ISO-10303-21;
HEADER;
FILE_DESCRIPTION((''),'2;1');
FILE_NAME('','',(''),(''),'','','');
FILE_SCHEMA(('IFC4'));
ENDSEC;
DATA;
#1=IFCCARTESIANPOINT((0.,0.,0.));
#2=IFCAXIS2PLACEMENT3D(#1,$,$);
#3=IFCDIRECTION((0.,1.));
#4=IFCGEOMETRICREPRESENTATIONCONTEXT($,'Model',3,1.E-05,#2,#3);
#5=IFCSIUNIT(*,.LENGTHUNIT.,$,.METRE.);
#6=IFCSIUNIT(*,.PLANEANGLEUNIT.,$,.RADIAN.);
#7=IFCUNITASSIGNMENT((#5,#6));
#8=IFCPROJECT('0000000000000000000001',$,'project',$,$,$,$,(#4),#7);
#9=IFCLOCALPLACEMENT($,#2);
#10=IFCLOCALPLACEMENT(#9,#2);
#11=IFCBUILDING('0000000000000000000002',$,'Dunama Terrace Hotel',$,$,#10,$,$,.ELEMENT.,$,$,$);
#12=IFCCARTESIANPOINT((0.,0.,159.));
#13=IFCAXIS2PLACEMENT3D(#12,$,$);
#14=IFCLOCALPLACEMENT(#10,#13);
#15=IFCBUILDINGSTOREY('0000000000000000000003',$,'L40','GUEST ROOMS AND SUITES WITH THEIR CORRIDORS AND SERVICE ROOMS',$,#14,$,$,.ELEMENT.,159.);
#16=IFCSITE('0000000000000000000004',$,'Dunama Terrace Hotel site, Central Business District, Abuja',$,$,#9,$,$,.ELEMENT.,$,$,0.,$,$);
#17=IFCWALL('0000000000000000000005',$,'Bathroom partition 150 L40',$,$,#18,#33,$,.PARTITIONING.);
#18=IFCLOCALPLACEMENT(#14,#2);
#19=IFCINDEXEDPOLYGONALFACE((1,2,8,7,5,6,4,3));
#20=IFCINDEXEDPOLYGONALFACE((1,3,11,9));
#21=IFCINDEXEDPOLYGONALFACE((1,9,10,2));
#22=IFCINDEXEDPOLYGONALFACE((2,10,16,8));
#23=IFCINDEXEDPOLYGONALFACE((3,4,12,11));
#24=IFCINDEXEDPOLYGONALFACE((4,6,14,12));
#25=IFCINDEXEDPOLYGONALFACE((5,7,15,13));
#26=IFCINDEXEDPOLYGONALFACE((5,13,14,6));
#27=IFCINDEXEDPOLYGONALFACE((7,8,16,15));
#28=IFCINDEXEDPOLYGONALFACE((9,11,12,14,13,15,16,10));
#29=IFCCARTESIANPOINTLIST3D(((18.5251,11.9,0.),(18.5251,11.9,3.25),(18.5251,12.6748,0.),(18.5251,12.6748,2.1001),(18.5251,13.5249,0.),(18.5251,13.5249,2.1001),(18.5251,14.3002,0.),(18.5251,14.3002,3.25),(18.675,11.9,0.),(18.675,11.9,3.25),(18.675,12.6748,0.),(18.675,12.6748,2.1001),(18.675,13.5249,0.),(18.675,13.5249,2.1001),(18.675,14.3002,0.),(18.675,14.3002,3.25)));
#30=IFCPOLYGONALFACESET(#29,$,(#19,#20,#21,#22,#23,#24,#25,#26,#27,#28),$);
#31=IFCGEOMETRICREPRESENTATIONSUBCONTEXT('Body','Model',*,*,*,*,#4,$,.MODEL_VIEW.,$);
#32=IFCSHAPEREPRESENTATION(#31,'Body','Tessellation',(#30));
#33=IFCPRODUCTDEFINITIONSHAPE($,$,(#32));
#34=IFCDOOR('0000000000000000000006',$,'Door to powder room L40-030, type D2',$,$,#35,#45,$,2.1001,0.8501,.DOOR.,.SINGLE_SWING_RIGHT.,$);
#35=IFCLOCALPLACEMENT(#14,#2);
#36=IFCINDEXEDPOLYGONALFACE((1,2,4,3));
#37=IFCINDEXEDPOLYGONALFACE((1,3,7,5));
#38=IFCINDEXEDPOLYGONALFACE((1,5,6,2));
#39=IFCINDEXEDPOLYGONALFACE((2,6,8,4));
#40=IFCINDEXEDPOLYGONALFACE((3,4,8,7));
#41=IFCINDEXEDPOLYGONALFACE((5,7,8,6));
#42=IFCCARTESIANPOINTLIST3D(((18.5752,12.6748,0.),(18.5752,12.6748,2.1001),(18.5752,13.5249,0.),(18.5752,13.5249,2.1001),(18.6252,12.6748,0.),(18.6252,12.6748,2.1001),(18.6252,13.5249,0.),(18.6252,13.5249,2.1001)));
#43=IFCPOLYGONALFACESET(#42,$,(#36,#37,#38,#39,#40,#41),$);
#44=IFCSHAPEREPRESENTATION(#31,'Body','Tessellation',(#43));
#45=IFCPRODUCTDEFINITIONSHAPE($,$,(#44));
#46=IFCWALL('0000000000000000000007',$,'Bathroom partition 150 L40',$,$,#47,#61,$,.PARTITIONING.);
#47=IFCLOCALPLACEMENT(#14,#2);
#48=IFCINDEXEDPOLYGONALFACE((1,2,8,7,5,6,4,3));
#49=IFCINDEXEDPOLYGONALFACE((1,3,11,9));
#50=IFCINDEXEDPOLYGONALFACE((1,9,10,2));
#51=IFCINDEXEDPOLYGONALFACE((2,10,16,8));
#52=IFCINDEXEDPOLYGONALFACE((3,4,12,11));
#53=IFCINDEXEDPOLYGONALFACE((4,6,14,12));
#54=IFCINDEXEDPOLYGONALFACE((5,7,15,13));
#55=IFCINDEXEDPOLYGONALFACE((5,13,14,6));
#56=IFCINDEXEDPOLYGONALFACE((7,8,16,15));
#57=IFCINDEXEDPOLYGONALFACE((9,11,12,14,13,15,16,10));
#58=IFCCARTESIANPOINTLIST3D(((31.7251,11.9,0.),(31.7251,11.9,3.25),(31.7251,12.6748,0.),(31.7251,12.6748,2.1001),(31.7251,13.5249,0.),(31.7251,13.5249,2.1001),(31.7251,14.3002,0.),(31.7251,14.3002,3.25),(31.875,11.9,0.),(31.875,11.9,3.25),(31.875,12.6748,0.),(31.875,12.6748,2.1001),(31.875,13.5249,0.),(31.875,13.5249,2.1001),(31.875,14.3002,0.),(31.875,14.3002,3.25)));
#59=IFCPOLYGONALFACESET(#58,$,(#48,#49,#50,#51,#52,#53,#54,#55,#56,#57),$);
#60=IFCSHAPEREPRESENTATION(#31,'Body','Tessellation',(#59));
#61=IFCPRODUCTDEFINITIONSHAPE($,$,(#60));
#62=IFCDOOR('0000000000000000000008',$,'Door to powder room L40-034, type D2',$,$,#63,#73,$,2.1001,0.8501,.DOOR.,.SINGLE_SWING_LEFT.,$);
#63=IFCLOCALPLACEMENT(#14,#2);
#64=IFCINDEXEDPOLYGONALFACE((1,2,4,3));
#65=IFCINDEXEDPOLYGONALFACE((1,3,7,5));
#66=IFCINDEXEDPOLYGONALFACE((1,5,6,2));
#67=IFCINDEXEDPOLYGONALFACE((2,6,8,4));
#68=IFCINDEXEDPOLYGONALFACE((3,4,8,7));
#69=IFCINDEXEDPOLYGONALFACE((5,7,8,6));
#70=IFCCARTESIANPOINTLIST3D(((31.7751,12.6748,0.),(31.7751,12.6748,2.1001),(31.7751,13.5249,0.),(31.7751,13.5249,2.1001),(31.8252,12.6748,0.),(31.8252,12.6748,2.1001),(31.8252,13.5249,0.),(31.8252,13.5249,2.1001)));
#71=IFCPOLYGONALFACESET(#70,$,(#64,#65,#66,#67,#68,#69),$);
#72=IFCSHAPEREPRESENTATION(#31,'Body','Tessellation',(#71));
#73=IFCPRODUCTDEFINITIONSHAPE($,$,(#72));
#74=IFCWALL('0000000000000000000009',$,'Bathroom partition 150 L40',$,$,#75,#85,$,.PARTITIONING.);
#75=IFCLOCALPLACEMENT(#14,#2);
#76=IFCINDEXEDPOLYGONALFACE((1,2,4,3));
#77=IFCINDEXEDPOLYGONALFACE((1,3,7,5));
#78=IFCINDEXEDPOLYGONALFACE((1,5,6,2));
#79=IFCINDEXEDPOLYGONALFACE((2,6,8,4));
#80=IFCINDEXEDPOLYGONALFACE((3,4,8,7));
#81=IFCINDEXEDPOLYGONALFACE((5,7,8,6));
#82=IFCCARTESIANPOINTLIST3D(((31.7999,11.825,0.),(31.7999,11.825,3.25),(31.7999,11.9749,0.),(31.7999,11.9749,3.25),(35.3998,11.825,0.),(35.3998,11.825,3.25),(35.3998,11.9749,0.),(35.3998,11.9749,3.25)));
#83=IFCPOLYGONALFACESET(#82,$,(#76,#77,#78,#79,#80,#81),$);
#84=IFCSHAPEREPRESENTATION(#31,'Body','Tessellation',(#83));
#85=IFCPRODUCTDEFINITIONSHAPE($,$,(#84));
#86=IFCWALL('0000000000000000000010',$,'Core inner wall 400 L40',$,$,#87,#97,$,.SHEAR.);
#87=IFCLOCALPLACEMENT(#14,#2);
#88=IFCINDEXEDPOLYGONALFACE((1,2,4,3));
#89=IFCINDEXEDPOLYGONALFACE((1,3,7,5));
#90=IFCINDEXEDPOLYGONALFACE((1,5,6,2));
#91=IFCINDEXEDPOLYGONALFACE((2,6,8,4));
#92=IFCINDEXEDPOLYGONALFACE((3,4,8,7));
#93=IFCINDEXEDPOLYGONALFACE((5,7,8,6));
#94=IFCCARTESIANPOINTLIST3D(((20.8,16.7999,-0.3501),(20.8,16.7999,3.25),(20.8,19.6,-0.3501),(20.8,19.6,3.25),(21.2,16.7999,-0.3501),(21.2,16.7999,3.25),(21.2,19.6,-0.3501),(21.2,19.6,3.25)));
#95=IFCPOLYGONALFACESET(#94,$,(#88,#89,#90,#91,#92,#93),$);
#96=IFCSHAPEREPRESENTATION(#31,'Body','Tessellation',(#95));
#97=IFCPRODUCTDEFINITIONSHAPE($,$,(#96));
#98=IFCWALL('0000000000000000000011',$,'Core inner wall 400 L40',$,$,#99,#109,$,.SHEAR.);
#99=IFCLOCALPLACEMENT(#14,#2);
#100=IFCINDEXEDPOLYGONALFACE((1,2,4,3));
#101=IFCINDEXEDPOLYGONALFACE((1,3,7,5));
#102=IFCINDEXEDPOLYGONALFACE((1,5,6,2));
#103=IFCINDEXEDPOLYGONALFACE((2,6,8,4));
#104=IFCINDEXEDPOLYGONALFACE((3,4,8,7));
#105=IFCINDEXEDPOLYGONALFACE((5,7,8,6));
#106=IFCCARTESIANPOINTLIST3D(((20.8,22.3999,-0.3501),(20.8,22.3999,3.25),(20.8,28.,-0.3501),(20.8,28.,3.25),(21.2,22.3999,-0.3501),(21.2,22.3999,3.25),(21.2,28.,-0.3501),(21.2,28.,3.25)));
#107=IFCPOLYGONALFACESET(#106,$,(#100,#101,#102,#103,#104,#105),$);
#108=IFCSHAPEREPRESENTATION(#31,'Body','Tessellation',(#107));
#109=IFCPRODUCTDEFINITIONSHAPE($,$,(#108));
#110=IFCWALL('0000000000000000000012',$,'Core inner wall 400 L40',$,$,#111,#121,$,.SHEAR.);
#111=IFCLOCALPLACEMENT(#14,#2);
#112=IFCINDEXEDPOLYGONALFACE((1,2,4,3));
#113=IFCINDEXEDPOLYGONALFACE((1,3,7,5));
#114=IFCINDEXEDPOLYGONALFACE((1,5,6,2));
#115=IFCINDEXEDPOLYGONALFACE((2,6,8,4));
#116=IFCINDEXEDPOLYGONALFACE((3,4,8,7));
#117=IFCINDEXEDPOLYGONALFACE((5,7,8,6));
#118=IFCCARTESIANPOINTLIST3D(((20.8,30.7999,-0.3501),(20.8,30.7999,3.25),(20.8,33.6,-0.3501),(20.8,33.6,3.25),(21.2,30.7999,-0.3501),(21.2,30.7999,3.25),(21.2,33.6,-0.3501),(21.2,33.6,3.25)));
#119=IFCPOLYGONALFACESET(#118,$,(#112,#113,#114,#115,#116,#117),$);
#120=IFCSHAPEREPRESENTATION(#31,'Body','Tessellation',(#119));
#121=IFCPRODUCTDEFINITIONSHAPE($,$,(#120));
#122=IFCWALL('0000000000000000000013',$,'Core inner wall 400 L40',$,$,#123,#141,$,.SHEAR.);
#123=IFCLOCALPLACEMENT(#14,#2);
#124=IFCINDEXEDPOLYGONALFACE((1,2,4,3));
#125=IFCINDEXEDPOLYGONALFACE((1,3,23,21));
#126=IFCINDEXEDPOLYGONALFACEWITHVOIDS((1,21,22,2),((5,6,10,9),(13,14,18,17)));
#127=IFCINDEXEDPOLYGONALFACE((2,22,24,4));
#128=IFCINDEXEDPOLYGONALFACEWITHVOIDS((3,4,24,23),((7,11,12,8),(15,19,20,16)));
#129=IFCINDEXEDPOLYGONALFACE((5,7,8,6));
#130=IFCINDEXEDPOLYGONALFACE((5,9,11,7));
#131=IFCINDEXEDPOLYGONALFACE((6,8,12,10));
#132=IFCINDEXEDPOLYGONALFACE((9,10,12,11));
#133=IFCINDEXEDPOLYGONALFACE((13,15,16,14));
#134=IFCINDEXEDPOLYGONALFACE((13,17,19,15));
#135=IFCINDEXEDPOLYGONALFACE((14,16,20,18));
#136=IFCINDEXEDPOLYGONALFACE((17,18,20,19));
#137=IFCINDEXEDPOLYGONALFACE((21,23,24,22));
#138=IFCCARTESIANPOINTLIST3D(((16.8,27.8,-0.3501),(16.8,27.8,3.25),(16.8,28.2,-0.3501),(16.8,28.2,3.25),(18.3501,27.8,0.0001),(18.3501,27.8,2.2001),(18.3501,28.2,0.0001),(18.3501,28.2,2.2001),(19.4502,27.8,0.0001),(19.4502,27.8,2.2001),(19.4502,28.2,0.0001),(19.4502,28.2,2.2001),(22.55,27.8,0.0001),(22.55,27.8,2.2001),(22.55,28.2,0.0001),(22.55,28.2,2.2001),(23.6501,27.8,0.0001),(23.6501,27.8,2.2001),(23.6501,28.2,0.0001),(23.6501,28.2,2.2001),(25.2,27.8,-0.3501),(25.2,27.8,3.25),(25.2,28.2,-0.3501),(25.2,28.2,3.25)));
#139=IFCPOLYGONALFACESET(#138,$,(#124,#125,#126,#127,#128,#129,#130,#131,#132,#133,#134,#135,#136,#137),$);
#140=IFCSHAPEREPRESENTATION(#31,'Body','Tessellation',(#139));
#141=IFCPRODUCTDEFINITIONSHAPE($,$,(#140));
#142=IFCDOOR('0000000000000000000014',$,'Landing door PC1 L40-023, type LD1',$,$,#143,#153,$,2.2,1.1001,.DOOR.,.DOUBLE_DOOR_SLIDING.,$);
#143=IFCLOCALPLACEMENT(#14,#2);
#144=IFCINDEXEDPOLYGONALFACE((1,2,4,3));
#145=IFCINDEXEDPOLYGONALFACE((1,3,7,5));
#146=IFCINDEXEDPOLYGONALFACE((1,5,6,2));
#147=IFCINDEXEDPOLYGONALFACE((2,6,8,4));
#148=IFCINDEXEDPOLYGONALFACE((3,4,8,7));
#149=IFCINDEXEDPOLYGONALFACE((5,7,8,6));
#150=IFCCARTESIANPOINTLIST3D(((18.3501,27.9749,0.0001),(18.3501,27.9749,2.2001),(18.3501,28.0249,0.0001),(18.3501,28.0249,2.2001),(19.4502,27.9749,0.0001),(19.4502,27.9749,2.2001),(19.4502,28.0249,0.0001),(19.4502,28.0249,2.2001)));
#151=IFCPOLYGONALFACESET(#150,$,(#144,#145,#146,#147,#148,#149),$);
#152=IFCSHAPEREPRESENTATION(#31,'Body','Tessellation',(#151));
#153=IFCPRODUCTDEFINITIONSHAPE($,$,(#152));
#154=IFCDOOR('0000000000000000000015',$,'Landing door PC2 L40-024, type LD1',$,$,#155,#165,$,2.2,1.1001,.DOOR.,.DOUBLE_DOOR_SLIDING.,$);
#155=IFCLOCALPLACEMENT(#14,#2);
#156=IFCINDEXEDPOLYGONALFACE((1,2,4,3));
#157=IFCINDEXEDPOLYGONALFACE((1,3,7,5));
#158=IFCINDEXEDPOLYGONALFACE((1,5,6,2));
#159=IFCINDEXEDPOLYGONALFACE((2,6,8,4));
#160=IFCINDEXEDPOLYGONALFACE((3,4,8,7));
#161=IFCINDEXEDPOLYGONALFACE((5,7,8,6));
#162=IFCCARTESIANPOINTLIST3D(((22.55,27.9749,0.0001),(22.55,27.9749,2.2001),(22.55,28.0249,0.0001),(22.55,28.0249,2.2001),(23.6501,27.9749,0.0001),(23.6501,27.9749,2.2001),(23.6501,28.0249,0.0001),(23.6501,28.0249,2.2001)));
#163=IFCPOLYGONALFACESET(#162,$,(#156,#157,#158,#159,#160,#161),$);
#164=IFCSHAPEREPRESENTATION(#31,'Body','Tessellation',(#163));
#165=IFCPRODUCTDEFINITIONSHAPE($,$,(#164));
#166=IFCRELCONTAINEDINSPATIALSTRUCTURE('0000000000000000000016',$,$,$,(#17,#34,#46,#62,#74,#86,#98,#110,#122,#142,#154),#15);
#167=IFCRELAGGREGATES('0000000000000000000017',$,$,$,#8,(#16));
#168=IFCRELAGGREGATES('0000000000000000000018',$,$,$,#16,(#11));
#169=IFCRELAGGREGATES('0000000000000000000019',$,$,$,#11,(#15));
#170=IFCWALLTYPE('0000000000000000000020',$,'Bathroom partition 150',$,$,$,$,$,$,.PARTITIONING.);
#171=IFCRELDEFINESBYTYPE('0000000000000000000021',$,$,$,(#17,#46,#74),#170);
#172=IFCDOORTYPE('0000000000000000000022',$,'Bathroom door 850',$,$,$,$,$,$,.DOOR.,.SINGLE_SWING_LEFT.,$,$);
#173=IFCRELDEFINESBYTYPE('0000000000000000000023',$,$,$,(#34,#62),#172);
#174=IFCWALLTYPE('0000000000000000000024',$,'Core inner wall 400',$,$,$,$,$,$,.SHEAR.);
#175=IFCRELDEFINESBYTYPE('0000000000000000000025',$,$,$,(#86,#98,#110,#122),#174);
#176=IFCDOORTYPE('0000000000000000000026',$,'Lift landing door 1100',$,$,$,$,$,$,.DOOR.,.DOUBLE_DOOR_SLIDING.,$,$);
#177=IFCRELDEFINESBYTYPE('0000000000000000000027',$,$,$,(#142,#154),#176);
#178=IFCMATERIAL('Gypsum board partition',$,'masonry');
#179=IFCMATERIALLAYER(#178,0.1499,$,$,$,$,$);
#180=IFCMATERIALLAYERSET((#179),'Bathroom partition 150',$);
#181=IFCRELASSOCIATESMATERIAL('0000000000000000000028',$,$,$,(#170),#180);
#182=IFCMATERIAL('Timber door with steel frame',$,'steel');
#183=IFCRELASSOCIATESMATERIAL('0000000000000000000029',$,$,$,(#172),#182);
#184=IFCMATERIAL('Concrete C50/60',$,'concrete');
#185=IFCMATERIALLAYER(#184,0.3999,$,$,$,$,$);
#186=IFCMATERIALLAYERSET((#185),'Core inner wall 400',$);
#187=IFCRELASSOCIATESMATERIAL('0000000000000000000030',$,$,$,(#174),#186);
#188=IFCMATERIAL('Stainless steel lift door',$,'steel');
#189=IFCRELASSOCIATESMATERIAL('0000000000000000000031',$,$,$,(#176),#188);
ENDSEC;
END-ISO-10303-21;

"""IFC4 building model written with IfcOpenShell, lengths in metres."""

from ifc_helpers import new_model, si_unit, direction, frame, frame_2d, origin, place, context, subcontext, project, spatial, rectangle, extrude, material, layer, layer_set, type_object, element, fill, save


model = new_model("IFC4")

# Units and contexts
model_context = context("Model", 3, precision=1e-05, world=origin(), true_north=direction((0.0, 1.0)))
body_context = subcontext(model_context, "Body", "Model", "MODEL_VIEW")
ifc_project = project(units=[si_unit("LENGTHUNIT", "METRE"), si_unit("PLANEANGLEUNIT", "RADIAN")], contexts=[model_context])

# Site, building, storey
site_placement = place(None, origin())
site = spatial("IfcSite", under=ifc_project, at=site_placement, Name="Dunama Terrace Hotel site, Central Business District, Abuja", CompositionType="ELEMENT", RefElevation=0.0)
building_placement = place(site_placement, origin())
building = spatial("IfcBuilding", under=site, at=building_placement, Name="Dunama Terrace Hotel", CompositionType="ELEMENT")
storey_placement = place(building_placement, frame((0.0, 0.0, 159.0)))
storey = spatial("IfcBuildingStorey", under=building, at=storey_placement, Name="L40", Description="GUEST ROOMS AND SUITES WITH THEIR CORRIDORS AND SERVICE ROOMS", CompositionType="ELEMENT", Elevation=159.0)

# Walls, openings, doors
ifc_material_1 = material(Name="Gypsum board partition", Category="masonry")
ifc_layer_1 = layer(ifc_material_1, 0.1499)
ifc_layer_set_1 = layer_set([ifc_layer_1], Name="Bathroom partition 150")
wall_type_1 = type_object("IfcWallType", Name="Bathroom partition 150", PredefinedType="PARTITIONING", material=ifc_layer_set_1)
wall_1_placement = place(storey_placement, frame((18.6001, 11.8999, 0.0), z_axis=(0.0, 0.0, 1.0), x_axis=(0.0, 1.0, 0.0)))
wall_1 = element("IfcWall", 1, at=wall_1_placement, inside=storey, type_object=wall_type_1, Name="Bathroom partition 150 L40", PredefinedType="PARTITIONING", context=body_context, shape_type="SweptSolid", body=[
    extrude(rectangle(XDim=2.4001, YDim=0.1499, at=frame_2d((1.2002, 0.0))), origin(), (0.0, 0.0, 1.0), 3.25),
])
opening_1_placement = place(wall_1_placement, frame((0.7749, 0.0, 0.0)))
opening_1 = element("IfcOpeningElement", 2, at=opening_1_placement, cuts=wall_1, PredefinedType="OPENING", context=body_context, shape_type="SweptSolid", body=[
    extrude(rectangle(XDim=0.8501, YDim=2.1001, at=frame_2d((0.425, 1.05))), frame((0.0, 0.085, 0.0), z_axis=(0.0, -1.0, 0.0), x_axis=(1.0, 0.0, 0.0)), (0.0, 0.0, 1.0), 0.1699),
])
ifc_material_2 = material(Name="Timber door with steel frame", Category="steel")
door_type_1 = type_object("IfcDoorType", Name="Bathroom door 850", OperationType="SINGLE_SWING_LEFT", PredefinedType="DOOR", material=ifc_material_2)
door_1_placement = place(opening_1_placement, origin())
door_1 = element("IfcDoor", 3, at=door_1_placement, inside=storey, type_object=door_type_1, Name="Door to powder room L40-030, type D2", OperationType="SINGLE_SWING_RIGHT", OverallHeight=2.1001, OverallWidth=0.8501, PredefinedType="DOOR", context=body_context, shape_type="SweptSolid", body=[
    extrude(rectangle(XDim=0.8501, YDim=2.1001, at=frame_2d((0.425, 1.05))), frame((0.0, 0.0249, 0.0), z_axis=(0.0, -1.0, 0.0), x_axis=(1.0, 0.0, 0.0)), (0.0, 0.0, 1.0), 0.05),
])
fill(opening_1, door_1)
wall_2_placement = place(storey_placement, frame((31.8, 11.8999, 0.0), z_axis=(0.0, 0.0, 1.0), x_axis=(0.0, 1.0, 0.0)))
wall_2 = element("IfcWall", 4, at=wall_2_placement, inside=storey, type_object=wall_type_1, Name="Bathroom partition 150 L40", PredefinedType="PARTITIONING", context=body_context, shape_type="SweptSolid", body=[
    extrude(rectangle(XDim=2.4001, YDim=0.1499, at=frame_2d((1.2002, 0.0))), origin(), (0.0, 0.0, 1.0), 3.25),
])
opening_2_placement = place(wall_2_placement, frame((0.7749, 0.0, 0.0)))
opening_2 = element("IfcOpeningElement", 5, at=opening_2_placement, cuts=wall_2, PredefinedType="OPENING", context=body_context, shape_type="SweptSolid", body=[
    extrude(rectangle(XDim=0.8501, YDim=2.1001, at=frame_2d((0.425, 1.05))), frame((0.0, 0.085, 0.0), z_axis=(0.0, -1.0, 0.0), x_axis=(1.0, 0.0, 0.0)), (0.0, 0.0, 1.0), 0.1699),
])
door_2_placement = place(opening_2_placement, frame((0.8501, 0.0, 0.0), z_axis=(0.0, 0.0, 1.0), x_axis=(-1.0, 0.0, 0.0)))
door_2 = element("IfcDoor", 6, at=door_2_placement, inside=storey, type_object=door_type_1, Name="Door to powder room L40-034, type D2", OperationType="SINGLE_SWING_LEFT", OverallHeight=2.1001, OverallWidth=0.8501, PredefinedType="DOOR", context=body_context, shape_type="SweptSolid", body=[
    extrude(rectangle(XDim=0.8501, YDim=2.1001, at=frame_2d((0.425, 1.05))), frame((0.0, 0.0251, 0.0), z_axis=(0.0, -1.0, 0.0), x_axis=(1.0, 0.0, 0.0)), (0.0, 0.0, 1.0), 0.05),
])
fill(opening_2, door_2)

# Walls
wall_3_placement = place(storey_placement, frame((31.8, 11.8999, 0.0), z_axis=(0.0, 0.0, 1.0), x_axis=(1.0, 0.0, 0.0)))
element("IfcWall", 7, at=wall_3_placement, inside=storey, type_object=wall_type_1, Name="Bathroom partition 150 L40", PredefinedType="PARTITIONING", context=body_context, shape_type="SweptSolid", body=[
    extrude(rectangle(XDim=3.5999, YDim=0.1499, at=frame_2d((1.7998, 0.0))), origin(), (0.0, 0.0, 1.0), 3.25),
])
ifc_material_3 = material(Name="Concrete C50/60", Category="concrete")
ifc_layer_2 = layer(ifc_material_3, 0.3999)
ifc_layer_set_2 = layer_set([ifc_layer_2], Name="Core inner wall 400")
wall_type_2 = type_object("IfcWallType", Name="Core inner wall 400", PredefinedType="SHEAR", material=ifc_layer_set_2)
wall_4_placement = place(storey_placement, frame((21.0, 16.8, -0.3501), z_axis=(0.0, 0.0, 1.0), x_axis=(0.0, 1.0, 0.0)))
element("IfcWall", 8, at=wall_4_placement, inside=storey, type_object=wall_type_2, Name="Core inner wall 400 L40", PredefinedType="SHEAR", context=body_context, shape_type="SweptSolid", body=[
    extrude(rectangle(XDim=2.8, YDim=0.3999, at=frame_2d((1.3999, 0.0))), origin(), (0.0, 0.0, 1.0), 3.6001),
])
wall_5_placement = place(storey_placement, frame((21.0, 22.3999, -0.3501), z_axis=(0.0, 0.0, 1.0), x_axis=(0.0, 1.0, 0.0)))
element("IfcWall", 9, at=wall_5_placement, inside=storey, type_object=wall_type_2, Name="Core inner wall 400 L40", PredefinedType="SHEAR", context=body_context, shape_type="SweptSolid", body=[
    extrude(rectangle(XDim=5.6001, YDim=0.3999, at=frame_2d((2.8, 0.0))), origin(), (0.0, 0.0, 1.0), 3.6001),
])
wall_6_placement = place(storey_placement, frame((21.0, 30.8, -0.3501), z_axis=(0.0, 0.0, 1.0), x_axis=(0.0, 1.0, 0.0)))
element("IfcWall", 10, at=wall_6_placement, inside=storey, type_object=wall_type_2, Name="Core inner wall 400 L40", PredefinedType="SHEAR", context=body_context, shape_type="SweptSolid", body=[
    extrude(rectangle(XDim=2.8, YDim=0.3999, at=frame_2d((1.3999, 0.0))), origin(), (0.0, 0.0, 1.0), 3.6001),
])

# Wall, openings, doors
wall_7_placement = place(storey_placement, frame((16.8, 28.0, -0.3501), z_axis=(0.0, 0.0, 1.0), x_axis=(1.0, 0.0, 0.0)))
wall_7 = element("IfcWall", 11, at=wall_7_placement, inside=storey, type_object=wall_type_2, Name="Core inner wall 400 L40", PredefinedType="SHEAR", context=body_context, shape_type="SweptSolid", body=[
    extrude(rectangle(XDim=8.3999, YDim=0.3999, at=frame_2d((4.2, 0.0))), origin(), (0.0, 0.0, 1.0), 3.6001),
])
opening_3_placement = place(wall_7_placement, frame((1.55, 0.0, 0.3501)))
opening_3 = element("IfcOpeningElement", 12, at=opening_3_placement, cuts=wall_7, PredefinedType="OPENING", context=body_context, shape_type="SweptSolid", body=[
    extrude(rectangle(XDim=1.1001, YDim=2.2, at=frame_2d((0.55, 1.1001))), frame((0.0, 0.21, 0.0), z_axis=(0.0, -1.0, 0.0), x_axis=(1.0, 0.0, 0.0)), (0.0, 0.0, 1.0), 0.4199),
])
opening_4_placement = place(wall_7_placement, frame((5.75, 0.0, 0.3501)))
opening_4 = element("IfcOpeningElement", 13, at=opening_4_placement, cuts=wall_7, PredefinedType="OPENING", context=body_context, shape_type="SweptSolid", body=[
    extrude(rectangle(XDim=1.1001, YDim=2.2, at=frame_2d((0.55, 1.1001))), frame((0.0, 0.21, 0.0), z_axis=(0.0, -1.0, 0.0), x_axis=(1.0, 0.0, 0.0)), (0.0, 0.0, 1.0), 0.4199),
])
ifc_material_4 = material(Name="Stainless steel lift door", Category="steel")
door_type_2 = type_object("IfcDoorType", Name="Lift landing door 1100", OperationType="DOUBLE_DOOR_SLIDING", PredefinedType="DOOR", material=ifc_material_4)
door_3_placement = place(opening_3_placement, origin())
door_3 = element("IfcDoor", 14, at=door_3_placement, inside=storey, type_object=door_type_2, Name="Landing door PC1 L40-023, type LD1", OperationType="DOUBLE_DOOR_SLIDING", OverallHeight=2.2, OverallWidth=1.1001, PredefinedType="DOOR", context=body_context, shape_type="SweptSolid", body=[
    extrude(rectangle(XDim=1.1001, YDim=2.2, at=frame_2d((0.55, 1.1001))), frame((0.0, 0.0249, 0.0), z_axis=(0.0, -1.0, 0.0), x_axis=(1.0, 0.0, 0.0)), (0.0, 0.0, 1.0), 0.05),
])
fill(opening_3, door_3)
door_4_placement = place(opening_4_placement, origin())
door_4 = element("IfcDoor", 15, at=door_4_placement, inside=storey, type_object=door_type_2, Name="Landing door PC2 L40-024, type LD1", OperationType="DOUBLE_DOOR_SLIDING", OverallHeight=2.2, OverallWidth=1.1001, PredefinedType="DOOR", context=body_context, shape_type="SweptSolid", body=[
    extrude(rectangle(XDim=1.1001, YDim=2.2, at=frame_2d((0.55, 1.1001))), frame((0.0, 0.0249, 0.0), z_axis=(0.0, -1.0, 0.0), x_axis=(1.0, 0.0, 0.0)), (0.0, 0.0, 1.0), 0.05),
])
fill(opening_4, door_4)

save(model, "model.ifc")
